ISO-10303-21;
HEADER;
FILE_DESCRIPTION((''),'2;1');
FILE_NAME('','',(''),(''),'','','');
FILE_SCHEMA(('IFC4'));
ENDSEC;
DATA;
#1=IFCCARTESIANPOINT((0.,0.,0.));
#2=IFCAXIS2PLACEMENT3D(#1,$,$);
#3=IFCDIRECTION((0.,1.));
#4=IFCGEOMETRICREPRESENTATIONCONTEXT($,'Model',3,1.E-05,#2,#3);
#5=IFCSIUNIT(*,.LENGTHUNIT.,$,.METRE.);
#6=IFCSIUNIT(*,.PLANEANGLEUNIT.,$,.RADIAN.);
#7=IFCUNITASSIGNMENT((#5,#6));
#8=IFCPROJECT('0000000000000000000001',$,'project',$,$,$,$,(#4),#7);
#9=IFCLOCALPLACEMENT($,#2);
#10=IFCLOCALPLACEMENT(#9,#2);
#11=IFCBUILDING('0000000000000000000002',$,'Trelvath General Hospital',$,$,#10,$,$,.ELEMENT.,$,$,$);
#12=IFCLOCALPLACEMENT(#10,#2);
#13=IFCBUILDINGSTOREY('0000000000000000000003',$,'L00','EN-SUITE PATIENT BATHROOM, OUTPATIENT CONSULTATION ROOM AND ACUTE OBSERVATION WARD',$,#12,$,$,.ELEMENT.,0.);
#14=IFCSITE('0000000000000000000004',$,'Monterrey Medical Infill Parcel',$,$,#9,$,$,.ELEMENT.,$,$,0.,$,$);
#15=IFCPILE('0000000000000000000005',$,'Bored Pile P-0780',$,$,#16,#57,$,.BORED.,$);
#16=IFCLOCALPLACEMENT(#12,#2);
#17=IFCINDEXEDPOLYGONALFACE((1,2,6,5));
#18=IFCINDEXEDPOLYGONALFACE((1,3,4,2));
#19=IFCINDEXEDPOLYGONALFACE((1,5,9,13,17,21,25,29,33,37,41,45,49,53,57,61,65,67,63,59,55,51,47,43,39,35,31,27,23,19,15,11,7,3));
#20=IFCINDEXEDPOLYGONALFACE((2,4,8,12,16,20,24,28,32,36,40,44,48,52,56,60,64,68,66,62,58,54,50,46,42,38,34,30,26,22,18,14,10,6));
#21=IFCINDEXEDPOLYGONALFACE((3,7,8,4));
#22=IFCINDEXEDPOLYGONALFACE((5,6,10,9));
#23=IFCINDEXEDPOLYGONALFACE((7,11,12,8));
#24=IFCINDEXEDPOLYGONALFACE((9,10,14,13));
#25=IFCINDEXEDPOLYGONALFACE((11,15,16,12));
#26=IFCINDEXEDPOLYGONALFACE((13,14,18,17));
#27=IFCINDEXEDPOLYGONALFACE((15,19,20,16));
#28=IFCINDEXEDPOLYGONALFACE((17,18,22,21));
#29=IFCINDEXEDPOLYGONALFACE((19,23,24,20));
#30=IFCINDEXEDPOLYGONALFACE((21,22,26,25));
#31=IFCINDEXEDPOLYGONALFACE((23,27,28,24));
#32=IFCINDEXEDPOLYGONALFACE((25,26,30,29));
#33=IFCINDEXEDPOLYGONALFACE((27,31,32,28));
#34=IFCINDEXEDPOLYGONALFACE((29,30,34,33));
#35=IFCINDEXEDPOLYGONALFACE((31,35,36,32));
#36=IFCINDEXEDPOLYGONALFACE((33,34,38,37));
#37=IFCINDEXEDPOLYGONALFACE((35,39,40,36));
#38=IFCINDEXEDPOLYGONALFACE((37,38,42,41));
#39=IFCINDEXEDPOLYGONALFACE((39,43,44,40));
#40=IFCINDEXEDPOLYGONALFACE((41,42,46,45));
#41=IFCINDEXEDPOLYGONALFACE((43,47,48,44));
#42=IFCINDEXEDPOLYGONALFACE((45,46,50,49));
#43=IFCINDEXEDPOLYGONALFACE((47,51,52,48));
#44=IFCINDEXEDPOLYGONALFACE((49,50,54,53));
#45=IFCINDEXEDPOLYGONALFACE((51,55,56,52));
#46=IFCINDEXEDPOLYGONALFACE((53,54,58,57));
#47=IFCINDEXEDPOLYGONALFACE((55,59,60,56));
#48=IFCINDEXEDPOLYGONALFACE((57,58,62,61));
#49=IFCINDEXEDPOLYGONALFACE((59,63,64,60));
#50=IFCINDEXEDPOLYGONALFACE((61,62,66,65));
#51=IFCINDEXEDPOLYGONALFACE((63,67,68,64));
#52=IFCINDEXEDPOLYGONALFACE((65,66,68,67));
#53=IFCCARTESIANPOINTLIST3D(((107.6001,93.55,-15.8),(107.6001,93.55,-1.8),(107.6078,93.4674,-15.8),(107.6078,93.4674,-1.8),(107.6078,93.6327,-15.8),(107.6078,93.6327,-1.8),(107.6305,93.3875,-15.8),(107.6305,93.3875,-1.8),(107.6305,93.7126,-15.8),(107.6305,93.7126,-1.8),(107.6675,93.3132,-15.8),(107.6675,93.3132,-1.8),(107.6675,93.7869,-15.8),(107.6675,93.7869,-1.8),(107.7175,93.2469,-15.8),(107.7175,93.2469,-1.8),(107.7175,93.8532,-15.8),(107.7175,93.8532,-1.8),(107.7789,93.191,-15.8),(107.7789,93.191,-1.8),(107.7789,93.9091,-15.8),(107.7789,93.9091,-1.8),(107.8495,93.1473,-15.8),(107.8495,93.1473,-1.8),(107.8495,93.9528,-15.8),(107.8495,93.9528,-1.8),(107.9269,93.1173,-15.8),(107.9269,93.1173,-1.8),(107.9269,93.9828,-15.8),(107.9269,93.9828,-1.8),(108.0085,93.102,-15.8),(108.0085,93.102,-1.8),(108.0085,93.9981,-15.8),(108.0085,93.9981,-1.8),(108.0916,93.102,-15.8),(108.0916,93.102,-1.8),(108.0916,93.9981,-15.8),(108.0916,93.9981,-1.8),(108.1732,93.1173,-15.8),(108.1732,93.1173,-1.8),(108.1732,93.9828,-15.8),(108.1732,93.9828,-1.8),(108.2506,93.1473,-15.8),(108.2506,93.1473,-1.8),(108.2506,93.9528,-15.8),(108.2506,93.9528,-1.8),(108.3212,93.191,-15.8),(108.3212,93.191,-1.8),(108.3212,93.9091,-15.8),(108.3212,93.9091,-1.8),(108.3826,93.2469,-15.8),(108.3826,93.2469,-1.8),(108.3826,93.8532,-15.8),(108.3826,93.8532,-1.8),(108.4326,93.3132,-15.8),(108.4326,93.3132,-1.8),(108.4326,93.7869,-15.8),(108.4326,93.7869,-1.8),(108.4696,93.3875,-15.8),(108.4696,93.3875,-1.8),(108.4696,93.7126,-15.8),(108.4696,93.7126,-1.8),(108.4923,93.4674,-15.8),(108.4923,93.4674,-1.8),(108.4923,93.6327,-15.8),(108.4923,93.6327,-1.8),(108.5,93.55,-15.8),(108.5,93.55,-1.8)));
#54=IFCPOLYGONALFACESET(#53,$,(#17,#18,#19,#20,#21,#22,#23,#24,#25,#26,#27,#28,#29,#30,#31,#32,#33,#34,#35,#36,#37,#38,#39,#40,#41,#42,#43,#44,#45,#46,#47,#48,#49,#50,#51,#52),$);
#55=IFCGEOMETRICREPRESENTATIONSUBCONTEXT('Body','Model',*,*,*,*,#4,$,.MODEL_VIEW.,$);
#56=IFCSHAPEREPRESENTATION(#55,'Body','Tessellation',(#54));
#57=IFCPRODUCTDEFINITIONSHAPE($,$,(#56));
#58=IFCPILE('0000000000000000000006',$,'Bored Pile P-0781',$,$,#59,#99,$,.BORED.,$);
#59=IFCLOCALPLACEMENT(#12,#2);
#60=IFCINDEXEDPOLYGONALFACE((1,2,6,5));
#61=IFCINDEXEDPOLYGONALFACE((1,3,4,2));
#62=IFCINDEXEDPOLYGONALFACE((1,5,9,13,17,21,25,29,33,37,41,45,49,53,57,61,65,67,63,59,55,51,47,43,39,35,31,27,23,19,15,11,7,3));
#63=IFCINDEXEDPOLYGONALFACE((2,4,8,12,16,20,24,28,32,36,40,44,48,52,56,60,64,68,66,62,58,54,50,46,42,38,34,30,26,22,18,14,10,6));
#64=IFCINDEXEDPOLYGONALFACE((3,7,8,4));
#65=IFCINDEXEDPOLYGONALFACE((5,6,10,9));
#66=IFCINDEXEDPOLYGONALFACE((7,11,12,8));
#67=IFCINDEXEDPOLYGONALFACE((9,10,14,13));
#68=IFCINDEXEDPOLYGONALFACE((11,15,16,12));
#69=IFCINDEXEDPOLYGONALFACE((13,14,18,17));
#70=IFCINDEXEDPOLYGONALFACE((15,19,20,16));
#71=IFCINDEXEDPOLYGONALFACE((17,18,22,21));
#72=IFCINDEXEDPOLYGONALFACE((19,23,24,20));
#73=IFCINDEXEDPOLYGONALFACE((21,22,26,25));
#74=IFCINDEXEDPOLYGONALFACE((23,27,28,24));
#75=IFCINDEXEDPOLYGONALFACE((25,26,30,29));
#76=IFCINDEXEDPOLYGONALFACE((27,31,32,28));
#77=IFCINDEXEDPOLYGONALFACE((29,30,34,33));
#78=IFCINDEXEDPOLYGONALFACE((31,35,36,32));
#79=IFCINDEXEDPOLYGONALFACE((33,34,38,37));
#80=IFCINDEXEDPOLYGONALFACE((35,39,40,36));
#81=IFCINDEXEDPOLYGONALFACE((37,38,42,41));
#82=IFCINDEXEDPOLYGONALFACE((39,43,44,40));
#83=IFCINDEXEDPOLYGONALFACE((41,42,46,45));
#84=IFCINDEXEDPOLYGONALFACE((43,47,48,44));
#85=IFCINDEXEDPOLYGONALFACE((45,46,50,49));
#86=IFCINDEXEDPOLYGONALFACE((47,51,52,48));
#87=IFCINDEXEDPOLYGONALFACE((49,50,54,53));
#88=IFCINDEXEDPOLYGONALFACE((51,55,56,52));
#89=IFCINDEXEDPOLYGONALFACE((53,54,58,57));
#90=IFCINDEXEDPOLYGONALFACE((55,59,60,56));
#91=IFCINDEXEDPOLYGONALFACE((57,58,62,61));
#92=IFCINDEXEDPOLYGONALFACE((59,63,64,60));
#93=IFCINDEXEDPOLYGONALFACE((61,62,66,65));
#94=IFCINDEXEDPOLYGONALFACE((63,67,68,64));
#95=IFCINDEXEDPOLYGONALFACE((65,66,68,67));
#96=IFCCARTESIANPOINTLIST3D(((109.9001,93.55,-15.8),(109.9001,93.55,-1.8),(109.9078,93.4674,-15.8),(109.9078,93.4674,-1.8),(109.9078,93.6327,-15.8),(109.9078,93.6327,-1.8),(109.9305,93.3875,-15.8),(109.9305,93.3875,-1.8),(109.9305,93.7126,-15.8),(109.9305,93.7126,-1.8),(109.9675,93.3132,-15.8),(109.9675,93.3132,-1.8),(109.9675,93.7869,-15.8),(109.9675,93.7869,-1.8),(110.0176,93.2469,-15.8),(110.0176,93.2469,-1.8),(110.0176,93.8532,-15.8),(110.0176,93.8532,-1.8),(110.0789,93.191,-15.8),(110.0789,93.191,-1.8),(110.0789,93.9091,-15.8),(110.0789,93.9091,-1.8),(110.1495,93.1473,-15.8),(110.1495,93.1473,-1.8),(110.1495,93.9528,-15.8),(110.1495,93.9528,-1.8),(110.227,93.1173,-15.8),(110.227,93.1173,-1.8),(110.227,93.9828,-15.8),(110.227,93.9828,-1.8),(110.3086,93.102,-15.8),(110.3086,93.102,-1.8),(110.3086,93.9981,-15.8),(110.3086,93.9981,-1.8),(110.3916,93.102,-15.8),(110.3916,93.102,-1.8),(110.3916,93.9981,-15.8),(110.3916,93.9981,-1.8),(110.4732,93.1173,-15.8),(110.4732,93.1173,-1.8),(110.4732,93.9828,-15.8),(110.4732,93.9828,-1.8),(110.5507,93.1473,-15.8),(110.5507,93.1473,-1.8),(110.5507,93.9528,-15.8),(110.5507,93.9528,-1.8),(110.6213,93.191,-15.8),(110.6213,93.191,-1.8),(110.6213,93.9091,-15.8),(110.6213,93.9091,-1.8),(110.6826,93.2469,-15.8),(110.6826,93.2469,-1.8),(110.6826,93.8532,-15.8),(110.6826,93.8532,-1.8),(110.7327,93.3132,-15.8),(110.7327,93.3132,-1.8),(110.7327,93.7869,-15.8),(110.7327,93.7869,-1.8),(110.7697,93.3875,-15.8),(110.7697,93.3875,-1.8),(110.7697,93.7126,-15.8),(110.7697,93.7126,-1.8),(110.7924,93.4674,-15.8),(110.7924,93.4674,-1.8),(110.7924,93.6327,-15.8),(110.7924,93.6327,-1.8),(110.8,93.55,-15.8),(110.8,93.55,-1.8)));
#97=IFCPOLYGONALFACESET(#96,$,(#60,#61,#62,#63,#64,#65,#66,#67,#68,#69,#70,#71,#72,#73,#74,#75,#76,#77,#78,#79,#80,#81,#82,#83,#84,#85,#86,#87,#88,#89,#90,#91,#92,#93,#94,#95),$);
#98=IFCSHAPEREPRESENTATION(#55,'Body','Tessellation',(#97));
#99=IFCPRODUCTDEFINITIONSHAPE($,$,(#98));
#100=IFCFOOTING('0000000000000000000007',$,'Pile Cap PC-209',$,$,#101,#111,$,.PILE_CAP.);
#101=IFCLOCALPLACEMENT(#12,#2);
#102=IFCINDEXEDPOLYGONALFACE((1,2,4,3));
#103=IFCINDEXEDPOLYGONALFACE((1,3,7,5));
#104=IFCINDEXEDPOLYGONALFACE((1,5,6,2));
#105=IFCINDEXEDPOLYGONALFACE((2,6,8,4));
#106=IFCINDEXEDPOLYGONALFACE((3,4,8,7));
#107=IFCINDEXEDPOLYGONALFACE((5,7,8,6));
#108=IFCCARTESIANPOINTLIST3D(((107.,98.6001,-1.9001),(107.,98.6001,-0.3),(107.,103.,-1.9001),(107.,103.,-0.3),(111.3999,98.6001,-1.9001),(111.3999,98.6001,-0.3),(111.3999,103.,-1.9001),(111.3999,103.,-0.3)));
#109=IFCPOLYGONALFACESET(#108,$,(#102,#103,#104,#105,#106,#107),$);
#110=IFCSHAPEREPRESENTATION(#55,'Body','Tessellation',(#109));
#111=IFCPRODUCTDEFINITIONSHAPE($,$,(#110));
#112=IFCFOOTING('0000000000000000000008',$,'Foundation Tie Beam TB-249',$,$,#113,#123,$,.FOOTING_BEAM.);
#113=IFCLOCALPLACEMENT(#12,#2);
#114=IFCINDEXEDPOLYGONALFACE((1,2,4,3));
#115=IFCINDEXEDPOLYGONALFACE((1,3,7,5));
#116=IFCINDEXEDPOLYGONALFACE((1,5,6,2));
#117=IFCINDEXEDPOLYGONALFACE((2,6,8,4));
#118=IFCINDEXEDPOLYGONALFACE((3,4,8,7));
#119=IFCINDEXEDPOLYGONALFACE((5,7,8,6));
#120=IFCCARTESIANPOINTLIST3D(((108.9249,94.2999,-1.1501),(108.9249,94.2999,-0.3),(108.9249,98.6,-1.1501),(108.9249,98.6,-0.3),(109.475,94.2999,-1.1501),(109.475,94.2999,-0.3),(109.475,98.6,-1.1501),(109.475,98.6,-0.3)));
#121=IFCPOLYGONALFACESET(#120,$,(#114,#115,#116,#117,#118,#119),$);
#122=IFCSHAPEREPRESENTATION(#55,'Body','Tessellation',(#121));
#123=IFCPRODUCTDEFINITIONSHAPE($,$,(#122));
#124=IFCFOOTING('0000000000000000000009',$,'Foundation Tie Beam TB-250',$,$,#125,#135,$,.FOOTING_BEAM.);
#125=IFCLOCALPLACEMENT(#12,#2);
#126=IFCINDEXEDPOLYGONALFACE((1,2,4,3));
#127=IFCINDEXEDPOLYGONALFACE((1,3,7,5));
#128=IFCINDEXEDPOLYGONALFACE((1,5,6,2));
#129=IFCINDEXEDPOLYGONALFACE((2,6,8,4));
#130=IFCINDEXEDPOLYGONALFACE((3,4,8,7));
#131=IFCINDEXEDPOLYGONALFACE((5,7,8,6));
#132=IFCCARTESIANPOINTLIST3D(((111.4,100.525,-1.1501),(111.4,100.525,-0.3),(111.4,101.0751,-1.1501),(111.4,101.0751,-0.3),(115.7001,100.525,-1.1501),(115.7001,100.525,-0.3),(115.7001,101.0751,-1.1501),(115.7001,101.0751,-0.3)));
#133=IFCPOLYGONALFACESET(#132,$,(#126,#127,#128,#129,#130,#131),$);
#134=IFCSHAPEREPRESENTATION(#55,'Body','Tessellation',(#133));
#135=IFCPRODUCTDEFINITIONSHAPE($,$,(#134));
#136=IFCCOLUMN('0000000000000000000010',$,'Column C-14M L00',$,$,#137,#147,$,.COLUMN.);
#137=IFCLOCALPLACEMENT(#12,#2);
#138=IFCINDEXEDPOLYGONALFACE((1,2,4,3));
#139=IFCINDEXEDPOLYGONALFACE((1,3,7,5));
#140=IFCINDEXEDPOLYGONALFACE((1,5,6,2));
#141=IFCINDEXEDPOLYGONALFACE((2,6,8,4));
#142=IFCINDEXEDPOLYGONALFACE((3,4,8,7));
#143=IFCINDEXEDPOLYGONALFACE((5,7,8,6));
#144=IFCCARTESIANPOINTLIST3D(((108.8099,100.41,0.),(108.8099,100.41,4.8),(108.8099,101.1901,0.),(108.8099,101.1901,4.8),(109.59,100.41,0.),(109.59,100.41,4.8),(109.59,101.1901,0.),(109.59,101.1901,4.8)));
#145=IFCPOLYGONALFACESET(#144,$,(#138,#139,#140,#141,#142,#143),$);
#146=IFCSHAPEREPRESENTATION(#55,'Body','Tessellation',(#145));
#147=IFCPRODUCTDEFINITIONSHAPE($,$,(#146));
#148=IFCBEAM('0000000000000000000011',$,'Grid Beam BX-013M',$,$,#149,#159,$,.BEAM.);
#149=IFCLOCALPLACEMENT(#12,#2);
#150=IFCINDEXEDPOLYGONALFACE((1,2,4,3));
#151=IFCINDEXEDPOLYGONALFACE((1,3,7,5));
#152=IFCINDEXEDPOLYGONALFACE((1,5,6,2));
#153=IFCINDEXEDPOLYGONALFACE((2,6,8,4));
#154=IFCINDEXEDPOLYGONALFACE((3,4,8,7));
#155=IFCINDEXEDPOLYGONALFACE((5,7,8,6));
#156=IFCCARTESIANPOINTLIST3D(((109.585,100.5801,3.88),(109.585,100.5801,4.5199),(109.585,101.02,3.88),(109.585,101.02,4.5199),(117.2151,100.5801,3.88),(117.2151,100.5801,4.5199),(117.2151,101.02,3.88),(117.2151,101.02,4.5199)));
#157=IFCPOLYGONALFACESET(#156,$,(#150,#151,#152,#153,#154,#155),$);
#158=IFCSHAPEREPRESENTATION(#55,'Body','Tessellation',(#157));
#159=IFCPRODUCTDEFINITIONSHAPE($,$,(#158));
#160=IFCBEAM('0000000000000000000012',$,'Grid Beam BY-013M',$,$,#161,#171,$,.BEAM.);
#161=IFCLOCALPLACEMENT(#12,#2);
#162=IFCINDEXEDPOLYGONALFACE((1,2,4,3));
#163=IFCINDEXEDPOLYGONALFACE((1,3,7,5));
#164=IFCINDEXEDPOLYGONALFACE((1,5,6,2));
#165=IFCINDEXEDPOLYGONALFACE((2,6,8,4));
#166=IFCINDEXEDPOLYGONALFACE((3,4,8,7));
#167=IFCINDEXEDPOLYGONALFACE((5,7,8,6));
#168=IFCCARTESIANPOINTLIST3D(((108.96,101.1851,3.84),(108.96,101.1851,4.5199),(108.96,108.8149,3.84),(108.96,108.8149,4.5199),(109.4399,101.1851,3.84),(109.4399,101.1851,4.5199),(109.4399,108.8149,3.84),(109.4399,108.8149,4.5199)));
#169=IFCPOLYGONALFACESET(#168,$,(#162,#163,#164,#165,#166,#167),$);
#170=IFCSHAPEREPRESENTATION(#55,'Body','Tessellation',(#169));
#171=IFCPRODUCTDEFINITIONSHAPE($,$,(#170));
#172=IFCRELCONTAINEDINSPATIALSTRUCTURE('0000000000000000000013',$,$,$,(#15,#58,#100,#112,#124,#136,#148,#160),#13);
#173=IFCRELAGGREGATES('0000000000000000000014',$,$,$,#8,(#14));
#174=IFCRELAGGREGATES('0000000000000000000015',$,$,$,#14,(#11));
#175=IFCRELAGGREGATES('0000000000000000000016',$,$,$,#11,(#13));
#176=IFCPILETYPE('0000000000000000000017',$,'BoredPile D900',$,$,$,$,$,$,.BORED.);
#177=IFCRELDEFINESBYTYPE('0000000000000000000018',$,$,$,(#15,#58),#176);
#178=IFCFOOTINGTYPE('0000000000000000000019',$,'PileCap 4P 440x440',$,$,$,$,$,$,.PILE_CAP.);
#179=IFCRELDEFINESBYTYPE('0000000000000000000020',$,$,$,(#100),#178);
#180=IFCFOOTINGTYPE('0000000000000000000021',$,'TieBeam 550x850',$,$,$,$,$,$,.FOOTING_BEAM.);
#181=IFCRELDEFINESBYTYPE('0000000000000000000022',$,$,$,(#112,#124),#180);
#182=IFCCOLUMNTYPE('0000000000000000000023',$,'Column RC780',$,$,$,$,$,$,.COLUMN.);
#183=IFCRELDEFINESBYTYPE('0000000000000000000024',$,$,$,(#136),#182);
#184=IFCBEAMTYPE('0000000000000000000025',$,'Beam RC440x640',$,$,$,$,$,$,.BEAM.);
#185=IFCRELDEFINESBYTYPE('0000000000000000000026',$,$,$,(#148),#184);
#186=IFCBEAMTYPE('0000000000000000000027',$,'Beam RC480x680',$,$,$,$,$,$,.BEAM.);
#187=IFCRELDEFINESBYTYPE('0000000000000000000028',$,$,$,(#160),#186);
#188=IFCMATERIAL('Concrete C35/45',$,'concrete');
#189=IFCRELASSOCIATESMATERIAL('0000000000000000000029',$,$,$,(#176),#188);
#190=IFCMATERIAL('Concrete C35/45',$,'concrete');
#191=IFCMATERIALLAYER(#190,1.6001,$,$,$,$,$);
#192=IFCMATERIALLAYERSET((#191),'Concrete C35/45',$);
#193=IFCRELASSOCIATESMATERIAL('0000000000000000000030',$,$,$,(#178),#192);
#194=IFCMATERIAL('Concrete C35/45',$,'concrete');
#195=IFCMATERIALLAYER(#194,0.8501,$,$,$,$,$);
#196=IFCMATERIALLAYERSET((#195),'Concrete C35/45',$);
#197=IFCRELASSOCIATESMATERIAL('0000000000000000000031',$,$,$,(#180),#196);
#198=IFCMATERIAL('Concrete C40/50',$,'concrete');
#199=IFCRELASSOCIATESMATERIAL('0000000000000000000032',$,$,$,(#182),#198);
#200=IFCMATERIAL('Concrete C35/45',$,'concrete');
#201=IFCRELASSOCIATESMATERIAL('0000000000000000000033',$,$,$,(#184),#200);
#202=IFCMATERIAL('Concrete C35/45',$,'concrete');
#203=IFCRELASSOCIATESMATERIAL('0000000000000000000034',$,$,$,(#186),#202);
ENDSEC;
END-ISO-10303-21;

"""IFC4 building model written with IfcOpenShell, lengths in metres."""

from ifc_helpers import new_model, si_unit, direction, frame, origin, origin_2d, place, context, subcontext, project, spatial, rectangle, circle, extrude, material, layer, layer_set, material_profile, profile_set, type_object, element, save


model = new_model("IFC4")

# Units and contexts
model_context = context("Model", 3, precision=1e-05, world=origin(), true_north=direction((0.0, 1.0)))
body_context = subcontext(model_context, "Body", "Model", "MODEL_VIEW")
ifc_project = project(units=[si_unit("LENGTHUNIT", "METRE"), si_unit("PLANEANGLEUNIT", "RADIAN")], contexts=[model_context])

# Site, building, storey
site_placement = place(None, origin())
site = spatial("IfcSite", under=ifc_project, at=site_placement, Name="Monterrey Medical Infill Parcel", CompositionType="ELEMENT", RefElevation=0.0)
building_placement = place(site_placement, origin())
building = spatial("IfcBuilding", under=site, at=building_placement, Name="Trelvath General Hospital", CompositionType="ELEMENT")
storey_placement = place(building_placement, origin())
storey = spatial("IfcBuildingStorey", under=building, at=storey_placement, Name="L00", Description="EN-SUITE PATIENT BATHROOM, OUTPATIENT CONSULTATION ROOM AND ACUTE OBSERVATION WARD", CompositionType="ELEMENT", Elevation=0.0)

# Piles
ifc_material_1 = material(Name="Concrete C35/45", Category="concrete")
ifc_material_profile_1 = material_profile(ifc_material_1, circle(Radius=0.45, at=origin_2d()), Name="PILE900")
ifc_profile_set_1 = profile_set([ifc_material_profile_1], Name="Concrete C35/45")
pile_type_1 = type_object("IfcPileType", Name="BoredPile D900", PredefinedType="BORED", material=ifc_profile_set_1)
for number, where, z_axis, x_axis, name in (
    (1, (108.05, 93.55, -1.8), (0.0, 0.0, -1.0), (1.0, 0.0, 0.0), "Bored Pile P-0780"),
    (2, (110.3501, 93.55, -1.8), (0.0, 0.0, -1.0), (1.0, 0.0, 0.0), "Bored Pile P-0781"),
):
    element("IfcPile", number, at=place(storey_placement, frame(where, z_axis=z_axis, x_axis=x_axis)), inside=storey, type_object=pile_type_1, Name=name, PredefinedType="BORED", context=body_context, shape_type="SweptSolid", body=[
        extrude(circle(Radius=0.45, at=origin_2d()), origin(), (0.0, 0.0, 1.0), 14.0),
    ])

# Footings
ifc_material_2 = material(Name="Concrete C35/45", Category="concrete")
ifc_layer_1 = layer(ifc_material_2, 1.6001)
ifc_layer_set_1 = layer_set([ifc_layer_1], Name="Concrete C35/45")
footing_type_1 = type_object("IfcFootingType", Name="PileCap 4P 440x440", PredefinedType="PILE_CAP", material=ifc_layer_set_1)
footing_1_placement = place(storey_placement, frame((109.2, 100.8, -1.9001), z_axis=(0.0, 0.0, 1.0), x_axis=(1.0, 0.0, 0.0)))
element("IfcFooting", 3, at=footing_1_placement, inside=storey, type_object=footing_type_1, Name="Pile Cap PC-209", PredefinedType="PILE_CAP", context=body_context, shape_type="SweptSolid", body=[
    extrude(rectangle(XDim=4.3999, YDim=4.3999, at=origin_2d()), origin(), (0.0, 0.0, 1.0), 1.6001),
])
ifc_material_3 = material(Name="Concrete C35/45", Category="concrete")
ifc_layer_2 = layer(ifc_material_3, 0.8501)
ifc_layer_set_2 = layer_set([ifc_layer_2], Name="Concrete C35/45")
footing_type_2 = type_object("IfcFootingType", Name="TieBeam 550x850", PredefinedType="FOOTING_BEAM", material=ifc_layer_set_2)
footing_2_placement = place(storey_placement, frame((109.2, 96.45, -1.1501), z_axis=(0.0, 0.0, 1.0), x_axis=(1.0, 0.0, 0.0)))
element("IfcFooting", 4, at=footing_2_placement, inside=storey, type_object=footing_type_2, Name="Foundation Tie Beam TB-249", PredefinedType="FOOTING_BEAM", context=body_context, shape_type="SweptSolid", body=[
    extrude(rectangle(XDim=0.55, YDim=4.3, at=origin_2d()), origin(), (0.0, 0.0, 1.0), 0.8501),
])
footing_3_placement = place(storey_placement, frame((113.55, 100.8, -1.1501), z_axis=(0.0, 0.0, 1.0), x_axis=(1.0, 0.0, 0.0)))
element("IfcFooting", 5, at=footing_3_placement, inside=storey, type_object=footing_type_2, Name="Foundation Tie Beam TB-250", PredefinedType="FOOTING_BEAM", context=body_context, shape_type="SweptSolid", body=[
    extrude(rectangle(XDim=4.3, YDim=0.55, at=origin_2d()), origin(), (0.0, 0.0, 1.0), 0.8501),
])

# Column
ifc_material_4 = material(Name="Concrete C40/50", Category="concrete")
ifc_material_profile_2 = material_profile(ifc_material_4, rectangle(XDim=0.78, YDim=0.78, at=origin_2d()), Name="RC780x780")
ifc_profile_set_2 = profile_set([ifc_material_profile_2], Name="Concrete C40/50")
column_type = type_object("IfcColumnType", Name="Column RC780", PredefinedType="COLUMN", material=ifc_profile_set_2)
column_placement = place(storey_placement, frame((109.2, 100.8, 0.0), z_axis=(0.0, 0.0, 1.0), x_axis=(1.0, 0.0, 0.0)))
element("IfcColumn", 6, at=column_placement, inside=storey, type_object=column_type, Name="Column C-14M L00", PredefinedType="COLUMN", context=body_context, shape_type="SweptSolid", body=[
    extrude(rectangle(XDim=0.78, YDim=0.78, at=origin_2d()), origin(), (0.0, 0.0, 1.0), 4.8),
])

# Beams
ifc_material_5 = material(Name="Concrete C35/45", Category="concrete")
ifc_material_profile_3 = material_profile(ifc_material_5, rectangle(XDim=0.4399, YDim=0.6399, at=origin_2d()), Name="RCB440x640")
ifc_profile_set_3 = profile_set([ifc_material_profile_3], Name="Concrete C35/45")
beam_type_1 = type_object("IfcBeamType", Name="Beam RC440x640", PredefinedType="BEAM", material=ifc_profile_set_3)
beam_1_placement = place(storey_placement, frame((109.585, 100.8, 4.2), z_axis=(1.0, 0.0, 0.0), x_axis=(0.0, 1.0, 0.0)))
element("IfcBeam", 7, at=beam_1_placement, inside=storey, type_object=beam_type_1, Name="Grid Beam BX-013M", PredefinedType="BEAM", context=body_context, shape_type="SweptSolid", body=[
    extrude(rectangle(XDim=0.4399, YDim=0.6399, at=origin_2d()), origin(), (0.0, 0.0, 1.0), 7.6301),
])
ifc_material_6 = material(Name="Concrete C35/45", Category="concrete")
ifc_material_profile_4 = material_profile(ifc_material_6, rectangle(XDim=0.48, YDim=0.6799, at=origin_2d()), Name="RCB480x680")
ifc_profile_set_4 = profile_set([ifc_material_profile_4], Name="Concrete C35/45")
beam_type_2 = type_object("IfcBeamType", Name="Beam RC480x680", PredefinedType="BEAM", material=ifc_profile_set_4)
beam_2_placement = place(storey_placement, frame((109.2, 101.1851, 4.1799), z_axis=(0.0, 1.0, 0.0), x_axis=(-1.0, 0.0, 0.0)))
element("IfcBeam", 8, at=beam_2_placement, inside=storey, type_object=beam_type_2, Name="Grid Beam BY-013M", PredefinedType="BEAM", context=body_context, shape_type="SweptSolid", body=[
    extrude(rectangle(XDim=0.48, YDim=0.6799, at=origin_2d()), origin(), (0.0, 0.0, 1.0), 7.6299),
])

save(model, "model.ifc")
